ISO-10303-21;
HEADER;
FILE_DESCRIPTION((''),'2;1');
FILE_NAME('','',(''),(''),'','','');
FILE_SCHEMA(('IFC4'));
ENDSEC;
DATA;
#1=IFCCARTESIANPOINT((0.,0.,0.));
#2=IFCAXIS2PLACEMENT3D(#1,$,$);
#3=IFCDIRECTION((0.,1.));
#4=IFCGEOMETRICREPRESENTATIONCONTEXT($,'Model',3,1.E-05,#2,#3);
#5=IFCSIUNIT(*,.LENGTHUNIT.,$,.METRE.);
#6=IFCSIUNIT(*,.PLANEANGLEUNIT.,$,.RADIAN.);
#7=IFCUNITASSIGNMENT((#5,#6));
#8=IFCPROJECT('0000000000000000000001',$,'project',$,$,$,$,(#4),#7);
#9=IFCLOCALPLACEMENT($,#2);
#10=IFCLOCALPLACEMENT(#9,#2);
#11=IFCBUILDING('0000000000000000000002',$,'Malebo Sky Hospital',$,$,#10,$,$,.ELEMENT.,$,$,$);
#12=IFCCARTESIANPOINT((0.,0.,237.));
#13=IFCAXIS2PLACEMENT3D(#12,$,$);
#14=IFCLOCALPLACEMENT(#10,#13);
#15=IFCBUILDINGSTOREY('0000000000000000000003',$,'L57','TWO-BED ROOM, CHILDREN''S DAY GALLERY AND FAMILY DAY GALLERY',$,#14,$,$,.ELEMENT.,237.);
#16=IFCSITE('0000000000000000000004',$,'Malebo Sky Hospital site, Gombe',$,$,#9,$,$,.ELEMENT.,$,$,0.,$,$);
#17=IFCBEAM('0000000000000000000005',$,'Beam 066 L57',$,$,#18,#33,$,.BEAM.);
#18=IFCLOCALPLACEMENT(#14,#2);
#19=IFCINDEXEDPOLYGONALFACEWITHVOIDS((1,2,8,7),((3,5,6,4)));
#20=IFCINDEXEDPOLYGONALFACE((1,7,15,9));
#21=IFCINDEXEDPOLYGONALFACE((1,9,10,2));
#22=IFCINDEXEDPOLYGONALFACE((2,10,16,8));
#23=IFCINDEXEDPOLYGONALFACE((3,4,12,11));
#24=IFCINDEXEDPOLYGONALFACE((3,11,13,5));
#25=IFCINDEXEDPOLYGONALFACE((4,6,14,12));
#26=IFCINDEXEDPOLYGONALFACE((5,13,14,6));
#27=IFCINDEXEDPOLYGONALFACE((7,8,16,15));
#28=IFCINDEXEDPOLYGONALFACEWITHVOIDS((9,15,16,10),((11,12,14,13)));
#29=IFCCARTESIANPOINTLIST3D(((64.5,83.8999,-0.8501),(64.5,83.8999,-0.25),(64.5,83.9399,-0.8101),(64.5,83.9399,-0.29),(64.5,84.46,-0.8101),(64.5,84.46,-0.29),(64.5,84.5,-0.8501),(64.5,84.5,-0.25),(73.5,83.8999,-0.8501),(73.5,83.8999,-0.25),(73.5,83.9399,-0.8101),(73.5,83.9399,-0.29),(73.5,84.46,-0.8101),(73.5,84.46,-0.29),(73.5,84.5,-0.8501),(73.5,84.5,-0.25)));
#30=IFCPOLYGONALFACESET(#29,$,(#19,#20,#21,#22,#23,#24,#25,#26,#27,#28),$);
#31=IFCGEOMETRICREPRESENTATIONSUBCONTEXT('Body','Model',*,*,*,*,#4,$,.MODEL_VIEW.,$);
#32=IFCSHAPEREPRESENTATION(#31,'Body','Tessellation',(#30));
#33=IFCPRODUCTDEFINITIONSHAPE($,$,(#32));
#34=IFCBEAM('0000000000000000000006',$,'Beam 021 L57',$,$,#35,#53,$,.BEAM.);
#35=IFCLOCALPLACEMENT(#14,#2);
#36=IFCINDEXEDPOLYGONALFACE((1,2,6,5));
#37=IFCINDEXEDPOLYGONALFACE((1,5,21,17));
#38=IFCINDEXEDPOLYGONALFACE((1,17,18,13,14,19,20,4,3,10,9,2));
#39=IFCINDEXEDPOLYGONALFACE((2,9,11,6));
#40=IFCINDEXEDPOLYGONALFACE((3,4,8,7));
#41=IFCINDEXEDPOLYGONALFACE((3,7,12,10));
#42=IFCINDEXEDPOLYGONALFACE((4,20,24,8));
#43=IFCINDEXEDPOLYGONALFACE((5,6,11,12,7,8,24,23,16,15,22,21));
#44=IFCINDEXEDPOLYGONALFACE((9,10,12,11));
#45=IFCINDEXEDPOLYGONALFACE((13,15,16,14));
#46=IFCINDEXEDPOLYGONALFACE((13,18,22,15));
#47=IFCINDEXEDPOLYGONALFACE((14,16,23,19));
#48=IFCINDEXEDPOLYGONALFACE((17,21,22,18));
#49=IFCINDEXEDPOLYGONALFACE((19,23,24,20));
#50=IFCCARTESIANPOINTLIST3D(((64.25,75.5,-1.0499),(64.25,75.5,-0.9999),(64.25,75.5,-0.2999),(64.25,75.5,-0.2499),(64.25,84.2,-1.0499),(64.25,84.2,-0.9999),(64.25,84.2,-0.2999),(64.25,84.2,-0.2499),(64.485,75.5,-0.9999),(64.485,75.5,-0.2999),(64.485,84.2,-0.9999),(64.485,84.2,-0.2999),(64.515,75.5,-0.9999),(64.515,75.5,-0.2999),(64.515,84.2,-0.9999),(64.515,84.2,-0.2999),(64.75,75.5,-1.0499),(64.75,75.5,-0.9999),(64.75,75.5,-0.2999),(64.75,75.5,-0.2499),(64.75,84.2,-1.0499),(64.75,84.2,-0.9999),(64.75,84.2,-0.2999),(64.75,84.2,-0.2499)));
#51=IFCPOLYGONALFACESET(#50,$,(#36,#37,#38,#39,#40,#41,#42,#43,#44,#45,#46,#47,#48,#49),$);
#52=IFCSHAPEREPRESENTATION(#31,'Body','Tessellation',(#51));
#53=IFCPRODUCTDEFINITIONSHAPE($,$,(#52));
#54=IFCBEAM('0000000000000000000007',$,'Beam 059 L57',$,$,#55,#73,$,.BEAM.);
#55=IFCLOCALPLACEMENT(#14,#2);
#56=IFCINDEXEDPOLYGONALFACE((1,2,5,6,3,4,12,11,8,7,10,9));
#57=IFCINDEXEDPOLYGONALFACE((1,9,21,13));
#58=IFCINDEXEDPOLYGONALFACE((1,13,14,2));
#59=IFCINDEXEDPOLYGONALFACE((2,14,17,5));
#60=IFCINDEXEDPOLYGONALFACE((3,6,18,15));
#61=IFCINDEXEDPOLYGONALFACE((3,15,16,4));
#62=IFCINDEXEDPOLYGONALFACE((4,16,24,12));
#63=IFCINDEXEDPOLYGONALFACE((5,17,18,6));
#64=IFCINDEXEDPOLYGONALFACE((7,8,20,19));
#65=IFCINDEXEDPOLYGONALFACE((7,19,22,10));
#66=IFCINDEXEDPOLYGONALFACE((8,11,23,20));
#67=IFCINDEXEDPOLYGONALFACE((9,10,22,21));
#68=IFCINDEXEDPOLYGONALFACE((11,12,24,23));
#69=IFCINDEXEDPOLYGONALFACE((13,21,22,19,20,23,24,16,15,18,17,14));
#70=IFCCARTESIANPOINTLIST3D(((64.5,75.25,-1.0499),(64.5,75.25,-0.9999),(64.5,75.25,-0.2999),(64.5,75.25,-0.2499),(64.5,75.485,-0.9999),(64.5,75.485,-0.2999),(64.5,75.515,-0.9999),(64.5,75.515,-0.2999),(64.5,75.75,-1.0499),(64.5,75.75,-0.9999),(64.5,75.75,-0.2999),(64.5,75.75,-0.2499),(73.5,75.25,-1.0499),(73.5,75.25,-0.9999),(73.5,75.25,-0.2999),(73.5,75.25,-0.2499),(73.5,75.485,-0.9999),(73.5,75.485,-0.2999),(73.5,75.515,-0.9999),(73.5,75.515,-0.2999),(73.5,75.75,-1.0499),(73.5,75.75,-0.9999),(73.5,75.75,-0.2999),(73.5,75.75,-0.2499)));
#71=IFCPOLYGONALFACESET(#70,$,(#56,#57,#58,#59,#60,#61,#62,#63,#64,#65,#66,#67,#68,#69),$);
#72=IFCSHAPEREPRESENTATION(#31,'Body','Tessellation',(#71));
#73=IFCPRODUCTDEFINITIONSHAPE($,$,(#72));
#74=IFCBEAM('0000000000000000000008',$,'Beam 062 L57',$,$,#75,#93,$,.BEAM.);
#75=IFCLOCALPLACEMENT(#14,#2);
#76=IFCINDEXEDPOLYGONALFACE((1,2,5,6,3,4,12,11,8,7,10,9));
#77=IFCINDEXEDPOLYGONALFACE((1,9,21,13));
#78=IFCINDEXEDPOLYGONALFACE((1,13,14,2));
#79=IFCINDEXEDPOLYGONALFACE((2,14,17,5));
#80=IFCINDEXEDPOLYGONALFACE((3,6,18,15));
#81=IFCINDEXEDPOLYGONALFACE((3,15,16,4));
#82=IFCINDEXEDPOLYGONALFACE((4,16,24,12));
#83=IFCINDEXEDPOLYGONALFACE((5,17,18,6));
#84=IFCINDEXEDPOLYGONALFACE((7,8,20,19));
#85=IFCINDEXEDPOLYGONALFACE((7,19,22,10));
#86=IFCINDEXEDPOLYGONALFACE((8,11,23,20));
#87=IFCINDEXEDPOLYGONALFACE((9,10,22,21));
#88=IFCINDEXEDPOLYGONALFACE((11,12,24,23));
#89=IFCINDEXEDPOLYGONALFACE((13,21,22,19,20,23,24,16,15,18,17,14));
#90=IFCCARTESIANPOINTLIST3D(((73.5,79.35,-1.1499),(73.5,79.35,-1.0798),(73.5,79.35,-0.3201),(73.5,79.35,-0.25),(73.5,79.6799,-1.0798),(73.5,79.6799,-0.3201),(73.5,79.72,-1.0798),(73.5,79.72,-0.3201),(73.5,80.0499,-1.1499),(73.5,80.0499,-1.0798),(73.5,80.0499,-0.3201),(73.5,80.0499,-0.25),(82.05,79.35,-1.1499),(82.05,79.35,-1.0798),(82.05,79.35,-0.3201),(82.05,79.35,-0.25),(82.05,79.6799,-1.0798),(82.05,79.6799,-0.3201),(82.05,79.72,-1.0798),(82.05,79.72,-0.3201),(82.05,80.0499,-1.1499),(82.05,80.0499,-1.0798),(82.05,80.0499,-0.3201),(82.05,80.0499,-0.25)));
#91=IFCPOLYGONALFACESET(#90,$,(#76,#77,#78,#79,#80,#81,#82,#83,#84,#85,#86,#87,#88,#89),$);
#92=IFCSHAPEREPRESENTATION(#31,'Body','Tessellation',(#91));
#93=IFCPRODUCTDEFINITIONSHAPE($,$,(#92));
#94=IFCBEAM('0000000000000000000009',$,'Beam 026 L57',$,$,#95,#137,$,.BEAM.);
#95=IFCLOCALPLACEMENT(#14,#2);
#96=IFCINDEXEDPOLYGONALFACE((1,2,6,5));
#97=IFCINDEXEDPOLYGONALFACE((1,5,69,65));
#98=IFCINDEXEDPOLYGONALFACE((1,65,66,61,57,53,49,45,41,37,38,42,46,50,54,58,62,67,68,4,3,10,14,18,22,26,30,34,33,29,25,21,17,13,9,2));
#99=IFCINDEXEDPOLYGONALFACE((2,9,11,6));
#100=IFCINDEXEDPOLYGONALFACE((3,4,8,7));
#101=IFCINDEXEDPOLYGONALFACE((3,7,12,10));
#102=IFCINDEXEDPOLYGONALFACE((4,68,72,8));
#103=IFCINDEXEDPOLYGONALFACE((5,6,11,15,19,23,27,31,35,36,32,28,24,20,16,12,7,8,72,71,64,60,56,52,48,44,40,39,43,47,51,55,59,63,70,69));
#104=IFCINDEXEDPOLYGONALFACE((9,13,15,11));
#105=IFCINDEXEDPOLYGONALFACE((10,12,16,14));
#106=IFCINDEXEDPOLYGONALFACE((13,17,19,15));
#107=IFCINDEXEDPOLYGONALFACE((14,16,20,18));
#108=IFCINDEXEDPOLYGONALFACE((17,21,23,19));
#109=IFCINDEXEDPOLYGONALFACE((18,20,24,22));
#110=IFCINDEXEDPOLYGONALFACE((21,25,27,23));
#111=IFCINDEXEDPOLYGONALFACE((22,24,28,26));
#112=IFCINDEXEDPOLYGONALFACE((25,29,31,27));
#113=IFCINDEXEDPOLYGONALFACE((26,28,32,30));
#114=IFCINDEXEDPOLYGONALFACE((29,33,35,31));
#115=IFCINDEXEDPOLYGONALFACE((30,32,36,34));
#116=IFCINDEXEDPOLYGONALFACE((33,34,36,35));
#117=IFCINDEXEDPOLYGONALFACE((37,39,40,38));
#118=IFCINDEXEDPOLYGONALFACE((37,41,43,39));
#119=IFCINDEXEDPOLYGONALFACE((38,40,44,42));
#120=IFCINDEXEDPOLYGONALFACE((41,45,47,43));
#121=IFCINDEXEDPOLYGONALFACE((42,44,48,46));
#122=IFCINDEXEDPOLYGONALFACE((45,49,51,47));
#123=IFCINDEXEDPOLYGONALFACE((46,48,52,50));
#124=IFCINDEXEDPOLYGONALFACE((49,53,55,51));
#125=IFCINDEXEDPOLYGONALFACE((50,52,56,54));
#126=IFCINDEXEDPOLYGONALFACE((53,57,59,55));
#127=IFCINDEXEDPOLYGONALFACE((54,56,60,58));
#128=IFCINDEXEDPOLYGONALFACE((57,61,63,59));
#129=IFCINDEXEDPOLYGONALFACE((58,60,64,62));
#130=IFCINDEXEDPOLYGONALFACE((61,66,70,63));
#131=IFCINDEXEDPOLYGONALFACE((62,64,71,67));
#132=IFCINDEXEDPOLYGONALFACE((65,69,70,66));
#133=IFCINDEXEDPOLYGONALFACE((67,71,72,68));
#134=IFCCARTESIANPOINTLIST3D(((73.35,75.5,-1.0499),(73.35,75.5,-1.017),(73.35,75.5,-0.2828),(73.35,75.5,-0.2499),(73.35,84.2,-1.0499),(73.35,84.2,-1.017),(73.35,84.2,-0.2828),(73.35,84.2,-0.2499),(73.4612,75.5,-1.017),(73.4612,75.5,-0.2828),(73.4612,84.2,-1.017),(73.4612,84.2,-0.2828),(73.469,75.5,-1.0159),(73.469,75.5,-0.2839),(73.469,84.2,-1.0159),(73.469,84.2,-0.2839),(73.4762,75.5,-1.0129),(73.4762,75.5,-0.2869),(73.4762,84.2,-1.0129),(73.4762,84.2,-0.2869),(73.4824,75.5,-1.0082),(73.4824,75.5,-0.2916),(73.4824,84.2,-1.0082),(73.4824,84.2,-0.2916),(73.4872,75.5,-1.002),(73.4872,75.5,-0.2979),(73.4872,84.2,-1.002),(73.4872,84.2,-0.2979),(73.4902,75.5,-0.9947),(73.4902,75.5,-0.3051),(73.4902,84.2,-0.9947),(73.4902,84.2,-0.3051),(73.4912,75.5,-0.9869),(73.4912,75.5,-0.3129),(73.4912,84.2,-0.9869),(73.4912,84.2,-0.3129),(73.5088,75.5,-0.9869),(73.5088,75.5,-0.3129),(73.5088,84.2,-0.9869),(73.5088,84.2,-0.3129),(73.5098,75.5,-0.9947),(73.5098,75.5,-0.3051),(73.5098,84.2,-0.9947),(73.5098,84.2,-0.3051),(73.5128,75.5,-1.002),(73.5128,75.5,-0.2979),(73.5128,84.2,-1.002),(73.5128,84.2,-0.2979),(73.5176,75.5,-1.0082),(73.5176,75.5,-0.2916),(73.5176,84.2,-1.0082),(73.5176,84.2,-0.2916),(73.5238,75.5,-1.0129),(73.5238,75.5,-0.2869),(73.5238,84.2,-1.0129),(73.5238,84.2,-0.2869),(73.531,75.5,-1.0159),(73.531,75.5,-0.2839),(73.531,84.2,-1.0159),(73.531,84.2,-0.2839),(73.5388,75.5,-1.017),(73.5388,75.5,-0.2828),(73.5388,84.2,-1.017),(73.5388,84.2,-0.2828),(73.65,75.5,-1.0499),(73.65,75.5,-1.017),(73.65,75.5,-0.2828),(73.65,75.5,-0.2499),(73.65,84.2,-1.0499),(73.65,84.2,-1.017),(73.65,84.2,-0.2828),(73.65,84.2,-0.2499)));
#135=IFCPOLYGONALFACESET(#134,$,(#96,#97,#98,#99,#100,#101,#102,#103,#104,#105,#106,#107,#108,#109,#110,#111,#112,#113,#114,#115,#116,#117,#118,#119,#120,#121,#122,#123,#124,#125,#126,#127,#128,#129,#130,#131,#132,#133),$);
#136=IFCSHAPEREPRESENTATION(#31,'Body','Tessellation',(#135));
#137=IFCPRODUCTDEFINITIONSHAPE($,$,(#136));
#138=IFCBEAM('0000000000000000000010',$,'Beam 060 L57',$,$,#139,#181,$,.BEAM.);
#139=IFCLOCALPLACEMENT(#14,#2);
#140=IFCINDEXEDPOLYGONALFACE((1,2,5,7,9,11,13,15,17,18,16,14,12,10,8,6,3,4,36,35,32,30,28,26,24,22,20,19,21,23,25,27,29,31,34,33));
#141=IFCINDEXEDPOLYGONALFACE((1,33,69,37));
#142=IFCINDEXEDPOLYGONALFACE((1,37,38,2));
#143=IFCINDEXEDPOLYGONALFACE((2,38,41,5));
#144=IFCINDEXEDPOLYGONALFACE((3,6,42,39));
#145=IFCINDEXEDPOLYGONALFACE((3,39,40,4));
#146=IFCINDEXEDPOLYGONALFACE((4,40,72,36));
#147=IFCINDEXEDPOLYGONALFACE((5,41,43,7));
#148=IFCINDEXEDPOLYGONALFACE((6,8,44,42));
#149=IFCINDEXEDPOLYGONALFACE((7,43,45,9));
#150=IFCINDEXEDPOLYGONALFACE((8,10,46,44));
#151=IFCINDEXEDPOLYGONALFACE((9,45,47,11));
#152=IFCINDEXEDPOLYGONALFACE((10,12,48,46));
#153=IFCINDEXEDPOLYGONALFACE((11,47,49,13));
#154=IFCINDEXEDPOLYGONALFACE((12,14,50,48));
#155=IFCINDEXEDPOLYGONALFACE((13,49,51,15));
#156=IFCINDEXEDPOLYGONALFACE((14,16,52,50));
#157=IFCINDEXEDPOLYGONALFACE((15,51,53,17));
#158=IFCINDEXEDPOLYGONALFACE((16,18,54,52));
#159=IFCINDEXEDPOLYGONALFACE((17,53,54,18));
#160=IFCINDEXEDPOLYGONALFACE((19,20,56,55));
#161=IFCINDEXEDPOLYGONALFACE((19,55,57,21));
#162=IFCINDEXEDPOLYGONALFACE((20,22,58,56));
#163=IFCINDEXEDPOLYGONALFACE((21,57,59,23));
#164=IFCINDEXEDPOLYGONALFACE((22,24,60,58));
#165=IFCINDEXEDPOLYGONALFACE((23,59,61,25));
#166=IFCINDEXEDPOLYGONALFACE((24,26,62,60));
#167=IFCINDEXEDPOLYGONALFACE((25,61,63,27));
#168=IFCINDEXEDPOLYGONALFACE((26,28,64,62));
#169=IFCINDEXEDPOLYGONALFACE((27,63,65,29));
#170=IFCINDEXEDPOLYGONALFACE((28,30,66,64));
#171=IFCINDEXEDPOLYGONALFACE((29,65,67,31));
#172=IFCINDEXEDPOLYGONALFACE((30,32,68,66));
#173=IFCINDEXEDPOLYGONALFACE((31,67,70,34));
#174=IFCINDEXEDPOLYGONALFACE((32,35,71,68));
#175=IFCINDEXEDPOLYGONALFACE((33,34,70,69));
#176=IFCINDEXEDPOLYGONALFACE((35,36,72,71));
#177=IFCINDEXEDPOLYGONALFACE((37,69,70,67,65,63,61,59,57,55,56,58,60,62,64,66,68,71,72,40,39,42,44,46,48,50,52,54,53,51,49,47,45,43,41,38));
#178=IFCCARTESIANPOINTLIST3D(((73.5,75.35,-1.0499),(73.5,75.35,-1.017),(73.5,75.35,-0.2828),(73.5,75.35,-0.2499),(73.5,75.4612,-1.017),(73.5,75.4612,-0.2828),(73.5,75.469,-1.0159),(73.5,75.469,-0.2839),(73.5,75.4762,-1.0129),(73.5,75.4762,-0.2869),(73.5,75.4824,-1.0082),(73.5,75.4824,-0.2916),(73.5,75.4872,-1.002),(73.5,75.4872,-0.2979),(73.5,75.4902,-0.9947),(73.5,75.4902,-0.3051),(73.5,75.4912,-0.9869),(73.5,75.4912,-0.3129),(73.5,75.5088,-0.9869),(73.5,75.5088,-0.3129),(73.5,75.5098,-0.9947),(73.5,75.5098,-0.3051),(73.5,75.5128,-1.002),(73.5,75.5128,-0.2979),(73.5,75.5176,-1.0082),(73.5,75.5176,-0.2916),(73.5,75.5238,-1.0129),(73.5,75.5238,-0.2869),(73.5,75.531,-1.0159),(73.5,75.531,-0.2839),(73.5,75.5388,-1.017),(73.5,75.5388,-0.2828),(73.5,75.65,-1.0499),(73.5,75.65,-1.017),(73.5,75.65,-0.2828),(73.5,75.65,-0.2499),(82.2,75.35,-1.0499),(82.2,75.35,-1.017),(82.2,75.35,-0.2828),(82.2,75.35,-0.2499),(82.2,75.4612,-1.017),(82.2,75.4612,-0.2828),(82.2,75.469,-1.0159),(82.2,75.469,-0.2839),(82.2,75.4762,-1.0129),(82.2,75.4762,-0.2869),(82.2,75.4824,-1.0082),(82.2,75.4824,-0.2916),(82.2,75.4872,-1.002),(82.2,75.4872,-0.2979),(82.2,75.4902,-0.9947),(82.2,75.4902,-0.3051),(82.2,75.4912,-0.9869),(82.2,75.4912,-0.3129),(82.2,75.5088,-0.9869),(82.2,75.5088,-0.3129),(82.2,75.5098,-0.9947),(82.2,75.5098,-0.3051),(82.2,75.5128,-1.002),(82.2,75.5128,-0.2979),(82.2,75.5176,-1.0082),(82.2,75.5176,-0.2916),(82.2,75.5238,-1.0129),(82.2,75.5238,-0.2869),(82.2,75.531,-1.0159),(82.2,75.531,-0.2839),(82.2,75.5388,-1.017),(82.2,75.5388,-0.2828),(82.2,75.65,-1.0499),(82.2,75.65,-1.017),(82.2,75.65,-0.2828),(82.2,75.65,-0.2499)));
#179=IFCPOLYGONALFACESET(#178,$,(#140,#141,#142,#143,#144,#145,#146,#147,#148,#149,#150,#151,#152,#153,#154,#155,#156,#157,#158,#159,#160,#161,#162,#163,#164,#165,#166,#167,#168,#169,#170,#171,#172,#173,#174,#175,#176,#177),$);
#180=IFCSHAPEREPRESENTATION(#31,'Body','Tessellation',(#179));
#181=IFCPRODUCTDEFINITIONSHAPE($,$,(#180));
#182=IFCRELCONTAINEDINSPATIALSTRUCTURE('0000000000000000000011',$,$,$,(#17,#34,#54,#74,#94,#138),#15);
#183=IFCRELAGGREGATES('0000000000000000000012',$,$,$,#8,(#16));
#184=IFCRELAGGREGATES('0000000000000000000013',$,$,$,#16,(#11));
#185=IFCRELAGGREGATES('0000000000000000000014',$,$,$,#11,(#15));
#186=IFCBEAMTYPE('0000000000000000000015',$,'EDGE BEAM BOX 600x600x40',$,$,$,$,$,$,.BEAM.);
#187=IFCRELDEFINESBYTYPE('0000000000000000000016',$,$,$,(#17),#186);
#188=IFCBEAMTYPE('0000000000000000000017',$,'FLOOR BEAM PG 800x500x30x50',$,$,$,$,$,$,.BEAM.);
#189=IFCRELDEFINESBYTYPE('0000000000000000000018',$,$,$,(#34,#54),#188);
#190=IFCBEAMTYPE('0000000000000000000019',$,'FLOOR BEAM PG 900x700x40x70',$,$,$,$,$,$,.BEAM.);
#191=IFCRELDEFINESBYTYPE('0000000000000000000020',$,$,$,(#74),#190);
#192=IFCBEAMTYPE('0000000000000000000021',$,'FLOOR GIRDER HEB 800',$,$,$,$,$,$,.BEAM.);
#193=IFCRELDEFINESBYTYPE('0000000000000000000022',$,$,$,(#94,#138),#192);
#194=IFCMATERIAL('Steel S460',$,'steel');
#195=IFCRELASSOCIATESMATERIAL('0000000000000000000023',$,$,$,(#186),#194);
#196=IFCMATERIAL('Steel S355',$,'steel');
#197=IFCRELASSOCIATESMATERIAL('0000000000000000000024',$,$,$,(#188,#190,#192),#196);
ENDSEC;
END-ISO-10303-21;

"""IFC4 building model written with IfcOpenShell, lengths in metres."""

from ifc_helpers import new_model, si_unit, direction, frame, origin, origin_2d, place, context, subcontext, project, spatial, hollow_rectangle, i_section, extrude, material, material_profile, profile_set, type_object, element, save


model = new_model("IFC4")

# Units and contexts
model_context = context("Model", 3, precision=1e-05, world=origin(), true_north=direction((0.0, 1.0)))
body_context = subcontext(model_context, "Body", "Model", "MODEL_VIEW")
ifc_project = project(units=[si_unit("LENGTHUNIT", "METRE"), si_unit("PLANEANGLEUNIT", "RADIAN")], contexts=[model_context])

# Site, building, storey
site_placement = place(None, origin())
site = spatial("IfcSite", under=ifc_project, at=site_placement, Name="Malebo Sky Hospital site, Gombe", CompositionType="ELEMENT", RefElevation=0.0)
building_placement = place(site_placement, origin())
building = spatial("IfcBuilding", under=site, at=building_placement, Name="Malebo Sky Hospital", CompositionType="ELEMENT")
storey_placement = place(building_placement, frame((0.0, 0.0, 237.0)))
storey = spatial("IfcBuildingStorey", under=building, at=storey_placement, Name="L57", Description="TWO-BED ROOM, CHILDREN'S DAY GALLERY AND FAMILY DAY GALLERY", CompositionType="ELEMENT", Elevation=237.0)

# Shared definitions
ifc_material_1 = material(Name="Steel S460", Category="steel")

# Shared definitions
ifc_material_2 = material(Name="Steel S355", Category="steel")

# Beams
ifc_material_profile_1 = material_profile(ifc_material_1, hollow_rectangle(XDim=0.6001, YDim=0.6001, WallThickness=0.04, at=origin_2d()), Name="BOX 600x600x40")
ifc_profile_set_1 = profile_set([ifc_material_profile_1], Name="Steel S460")
beam_type_1 = type_object("IfcBeamType", Name="EDGE BEAM BOX 600x600x40", PredefinedType="BEAM", material=ifc_profile_set_1)
beam_1_placement = place(storey_placement, frame((64.5, 84.2, -0.55), z_axis=(1.0, 0.0, 0.0), x_axis=(0.0, 1.0, 0.0)))
element("IfcBeam", 1, at=beam_1_placement, inside=storey, type_object=beam_type_1, Name="Beam 066 L57", PredefinedType="BEAM", context=body_context, shape_type="SweptSolid", body=[
    extrude(hollow_rectangle(XDim=0.6001, YDim=0.6001, WallThickness=0.04, at=origin_2d()), origin(), (0.0, 0.0, 1.0), 9.0),
])
ifc_material_profile_2 = material_profile(ifc_material_2, i_section(OverallWidth=0.5, OverallDepth=0.8, WebThickness=0.03, FlangeThickness=0.05, at=origin_2d()), Name="PG 800x500x30x50")
ifc_profile_set_2 = profile_set([ifc_material_profile_2], Name="Steel S355")
beam_type_2 = type_object("IfcBeamType", Name="FLOOR BEAM PG 800x500x30x50", PredefinedType="BEAM", material=ifc_profile_set_2)
beam_2_placement = place(storey_placement, frame((64.5, 75.5, -0.6499), z_axis=(0.0, 1.0, 0.0), x_axis=(-1.0, 0.0, 0.0)))
element("IfcBeam", 2, at=beam_2_placement, inside=storey, type_object=beam_type_2, Name="Beam 021 L57", PredefinedType="BEAM", context=body_context, shape_type="SweptSolid", body=[
    extrude(i_section(OverallWidth=0.5, OverallDepth=0.8, WebThickness=0.03, FlangeThickness=0.05, at=origin_2d()), origin(), (0.0, 0.0, 1.0), 8.7),
])
beam_3_placement = place(storey_placement, frame((64.5, 75.5, -0.6499), z_axis=(1.0, 0.0, 0.0), x_axis=(0.0, 1.0, 0.0)))
element("IfcBeam", 3, at=beam_3_placement, inside=storey, type_object=beam_type_2, Name="Beam 059 L57", PredefinedType="BEAM", context=body_context, shape_type="SweptSolid", body=[
    extrude(i_section(OverallWidth=0.5, OverallDepth=0.8, WebThickness=0.03, FlangeThickness=0.05, at=origin_2d()), origin(), (0.0, 0.0, 1.0), 9.0),
])
ifc_material_profile_3 = material_profile(ifc_material_2, i_section(OverallWidth=0.7, OverallDepth=0.8999, WebThickness=0.04, FlangeThickness=0.0701, at=origin_2d()), Name="PG 900x700x40x70")
ifc_profile_set_3 = profile_set([ifc_material_profile_3], Name="Steel S355")
beam_type_3 = type_object("IfcBeamType", Name="FLOOR BEAM PG 900x700x40x70", PredefinedType="BEAM", material=ifc_profile_set_3)
beam_4_placement = place(storey_placement, frame((73.5, 79.7, -0.7), z_axis=(1.0, 0.0, 0.0), x_axis=(0.0, 1.0, 0.0)))
element("IfcBeam", 4, at=beam_4_placement, inside=storey, type_object=beam_type_3, Name="Beam 062 L57", PredefinedType="BEAM", context=body_context, shape_type="SweptSolid", body=[
    extrude(i_section(OverallWidth=0.7, OverallDepth=0.8999, WebThickness=0.04, FlangeThickness=0.0701, at=origin_2d()), origin(), (0.0, 0.0, 1.0), 8.55),
])
ifc_material_profile_4 = material_profile(ifc_material_2, i_section(OverallWidth=0.3, OverallDepth=0.8, WebThickness=0.0176, FlangeThickness=0.033, FilletRadius=0.03, at=origin_2d()), Name="HEB 800")
ifc_profile_set_4 = profile_set([ifc_material_profile_4], Name="Steel S355")
beam_type_4 = type_object("IfcBeamType", Name="FLOOR GIRDER HEB 800", PredefinedType="BEAM", material=ifc_profile_set_4)
for number, where, z_axis, x_axis, name in (
    (5, (73.5, 75.5, -0.6499), (0.0, 1.0, 0.0), (-1.0, 0.0, 0.0), "Beam 026 L57"),
    (6, (73.5, 75.5, -0.6499), (1.0, 0.0, 0.0), (0.0, 1.0, 0.0), "Beam 060 L57"),
):
    element("IfcBeam", number, at=place(storey_placement, frame(where, z_axis=z_axis, x_axis=x_axis)), inside=storey, type_object=beam_type_4, Name=name, PredefinedType="BEAM", context=body_context, shape_type="SweptSolid", body=[
        extrude(i_section(OverallWidth=0.3, OverallDepth=0.8, WebThickness=0.0176, FlangeThickness=0.033, FilletRadius=0.03, at=origin_2d()), origin(), (0.0, 0.0, 1.0), 8.7),
    ])

save(model, "model.ifc")
